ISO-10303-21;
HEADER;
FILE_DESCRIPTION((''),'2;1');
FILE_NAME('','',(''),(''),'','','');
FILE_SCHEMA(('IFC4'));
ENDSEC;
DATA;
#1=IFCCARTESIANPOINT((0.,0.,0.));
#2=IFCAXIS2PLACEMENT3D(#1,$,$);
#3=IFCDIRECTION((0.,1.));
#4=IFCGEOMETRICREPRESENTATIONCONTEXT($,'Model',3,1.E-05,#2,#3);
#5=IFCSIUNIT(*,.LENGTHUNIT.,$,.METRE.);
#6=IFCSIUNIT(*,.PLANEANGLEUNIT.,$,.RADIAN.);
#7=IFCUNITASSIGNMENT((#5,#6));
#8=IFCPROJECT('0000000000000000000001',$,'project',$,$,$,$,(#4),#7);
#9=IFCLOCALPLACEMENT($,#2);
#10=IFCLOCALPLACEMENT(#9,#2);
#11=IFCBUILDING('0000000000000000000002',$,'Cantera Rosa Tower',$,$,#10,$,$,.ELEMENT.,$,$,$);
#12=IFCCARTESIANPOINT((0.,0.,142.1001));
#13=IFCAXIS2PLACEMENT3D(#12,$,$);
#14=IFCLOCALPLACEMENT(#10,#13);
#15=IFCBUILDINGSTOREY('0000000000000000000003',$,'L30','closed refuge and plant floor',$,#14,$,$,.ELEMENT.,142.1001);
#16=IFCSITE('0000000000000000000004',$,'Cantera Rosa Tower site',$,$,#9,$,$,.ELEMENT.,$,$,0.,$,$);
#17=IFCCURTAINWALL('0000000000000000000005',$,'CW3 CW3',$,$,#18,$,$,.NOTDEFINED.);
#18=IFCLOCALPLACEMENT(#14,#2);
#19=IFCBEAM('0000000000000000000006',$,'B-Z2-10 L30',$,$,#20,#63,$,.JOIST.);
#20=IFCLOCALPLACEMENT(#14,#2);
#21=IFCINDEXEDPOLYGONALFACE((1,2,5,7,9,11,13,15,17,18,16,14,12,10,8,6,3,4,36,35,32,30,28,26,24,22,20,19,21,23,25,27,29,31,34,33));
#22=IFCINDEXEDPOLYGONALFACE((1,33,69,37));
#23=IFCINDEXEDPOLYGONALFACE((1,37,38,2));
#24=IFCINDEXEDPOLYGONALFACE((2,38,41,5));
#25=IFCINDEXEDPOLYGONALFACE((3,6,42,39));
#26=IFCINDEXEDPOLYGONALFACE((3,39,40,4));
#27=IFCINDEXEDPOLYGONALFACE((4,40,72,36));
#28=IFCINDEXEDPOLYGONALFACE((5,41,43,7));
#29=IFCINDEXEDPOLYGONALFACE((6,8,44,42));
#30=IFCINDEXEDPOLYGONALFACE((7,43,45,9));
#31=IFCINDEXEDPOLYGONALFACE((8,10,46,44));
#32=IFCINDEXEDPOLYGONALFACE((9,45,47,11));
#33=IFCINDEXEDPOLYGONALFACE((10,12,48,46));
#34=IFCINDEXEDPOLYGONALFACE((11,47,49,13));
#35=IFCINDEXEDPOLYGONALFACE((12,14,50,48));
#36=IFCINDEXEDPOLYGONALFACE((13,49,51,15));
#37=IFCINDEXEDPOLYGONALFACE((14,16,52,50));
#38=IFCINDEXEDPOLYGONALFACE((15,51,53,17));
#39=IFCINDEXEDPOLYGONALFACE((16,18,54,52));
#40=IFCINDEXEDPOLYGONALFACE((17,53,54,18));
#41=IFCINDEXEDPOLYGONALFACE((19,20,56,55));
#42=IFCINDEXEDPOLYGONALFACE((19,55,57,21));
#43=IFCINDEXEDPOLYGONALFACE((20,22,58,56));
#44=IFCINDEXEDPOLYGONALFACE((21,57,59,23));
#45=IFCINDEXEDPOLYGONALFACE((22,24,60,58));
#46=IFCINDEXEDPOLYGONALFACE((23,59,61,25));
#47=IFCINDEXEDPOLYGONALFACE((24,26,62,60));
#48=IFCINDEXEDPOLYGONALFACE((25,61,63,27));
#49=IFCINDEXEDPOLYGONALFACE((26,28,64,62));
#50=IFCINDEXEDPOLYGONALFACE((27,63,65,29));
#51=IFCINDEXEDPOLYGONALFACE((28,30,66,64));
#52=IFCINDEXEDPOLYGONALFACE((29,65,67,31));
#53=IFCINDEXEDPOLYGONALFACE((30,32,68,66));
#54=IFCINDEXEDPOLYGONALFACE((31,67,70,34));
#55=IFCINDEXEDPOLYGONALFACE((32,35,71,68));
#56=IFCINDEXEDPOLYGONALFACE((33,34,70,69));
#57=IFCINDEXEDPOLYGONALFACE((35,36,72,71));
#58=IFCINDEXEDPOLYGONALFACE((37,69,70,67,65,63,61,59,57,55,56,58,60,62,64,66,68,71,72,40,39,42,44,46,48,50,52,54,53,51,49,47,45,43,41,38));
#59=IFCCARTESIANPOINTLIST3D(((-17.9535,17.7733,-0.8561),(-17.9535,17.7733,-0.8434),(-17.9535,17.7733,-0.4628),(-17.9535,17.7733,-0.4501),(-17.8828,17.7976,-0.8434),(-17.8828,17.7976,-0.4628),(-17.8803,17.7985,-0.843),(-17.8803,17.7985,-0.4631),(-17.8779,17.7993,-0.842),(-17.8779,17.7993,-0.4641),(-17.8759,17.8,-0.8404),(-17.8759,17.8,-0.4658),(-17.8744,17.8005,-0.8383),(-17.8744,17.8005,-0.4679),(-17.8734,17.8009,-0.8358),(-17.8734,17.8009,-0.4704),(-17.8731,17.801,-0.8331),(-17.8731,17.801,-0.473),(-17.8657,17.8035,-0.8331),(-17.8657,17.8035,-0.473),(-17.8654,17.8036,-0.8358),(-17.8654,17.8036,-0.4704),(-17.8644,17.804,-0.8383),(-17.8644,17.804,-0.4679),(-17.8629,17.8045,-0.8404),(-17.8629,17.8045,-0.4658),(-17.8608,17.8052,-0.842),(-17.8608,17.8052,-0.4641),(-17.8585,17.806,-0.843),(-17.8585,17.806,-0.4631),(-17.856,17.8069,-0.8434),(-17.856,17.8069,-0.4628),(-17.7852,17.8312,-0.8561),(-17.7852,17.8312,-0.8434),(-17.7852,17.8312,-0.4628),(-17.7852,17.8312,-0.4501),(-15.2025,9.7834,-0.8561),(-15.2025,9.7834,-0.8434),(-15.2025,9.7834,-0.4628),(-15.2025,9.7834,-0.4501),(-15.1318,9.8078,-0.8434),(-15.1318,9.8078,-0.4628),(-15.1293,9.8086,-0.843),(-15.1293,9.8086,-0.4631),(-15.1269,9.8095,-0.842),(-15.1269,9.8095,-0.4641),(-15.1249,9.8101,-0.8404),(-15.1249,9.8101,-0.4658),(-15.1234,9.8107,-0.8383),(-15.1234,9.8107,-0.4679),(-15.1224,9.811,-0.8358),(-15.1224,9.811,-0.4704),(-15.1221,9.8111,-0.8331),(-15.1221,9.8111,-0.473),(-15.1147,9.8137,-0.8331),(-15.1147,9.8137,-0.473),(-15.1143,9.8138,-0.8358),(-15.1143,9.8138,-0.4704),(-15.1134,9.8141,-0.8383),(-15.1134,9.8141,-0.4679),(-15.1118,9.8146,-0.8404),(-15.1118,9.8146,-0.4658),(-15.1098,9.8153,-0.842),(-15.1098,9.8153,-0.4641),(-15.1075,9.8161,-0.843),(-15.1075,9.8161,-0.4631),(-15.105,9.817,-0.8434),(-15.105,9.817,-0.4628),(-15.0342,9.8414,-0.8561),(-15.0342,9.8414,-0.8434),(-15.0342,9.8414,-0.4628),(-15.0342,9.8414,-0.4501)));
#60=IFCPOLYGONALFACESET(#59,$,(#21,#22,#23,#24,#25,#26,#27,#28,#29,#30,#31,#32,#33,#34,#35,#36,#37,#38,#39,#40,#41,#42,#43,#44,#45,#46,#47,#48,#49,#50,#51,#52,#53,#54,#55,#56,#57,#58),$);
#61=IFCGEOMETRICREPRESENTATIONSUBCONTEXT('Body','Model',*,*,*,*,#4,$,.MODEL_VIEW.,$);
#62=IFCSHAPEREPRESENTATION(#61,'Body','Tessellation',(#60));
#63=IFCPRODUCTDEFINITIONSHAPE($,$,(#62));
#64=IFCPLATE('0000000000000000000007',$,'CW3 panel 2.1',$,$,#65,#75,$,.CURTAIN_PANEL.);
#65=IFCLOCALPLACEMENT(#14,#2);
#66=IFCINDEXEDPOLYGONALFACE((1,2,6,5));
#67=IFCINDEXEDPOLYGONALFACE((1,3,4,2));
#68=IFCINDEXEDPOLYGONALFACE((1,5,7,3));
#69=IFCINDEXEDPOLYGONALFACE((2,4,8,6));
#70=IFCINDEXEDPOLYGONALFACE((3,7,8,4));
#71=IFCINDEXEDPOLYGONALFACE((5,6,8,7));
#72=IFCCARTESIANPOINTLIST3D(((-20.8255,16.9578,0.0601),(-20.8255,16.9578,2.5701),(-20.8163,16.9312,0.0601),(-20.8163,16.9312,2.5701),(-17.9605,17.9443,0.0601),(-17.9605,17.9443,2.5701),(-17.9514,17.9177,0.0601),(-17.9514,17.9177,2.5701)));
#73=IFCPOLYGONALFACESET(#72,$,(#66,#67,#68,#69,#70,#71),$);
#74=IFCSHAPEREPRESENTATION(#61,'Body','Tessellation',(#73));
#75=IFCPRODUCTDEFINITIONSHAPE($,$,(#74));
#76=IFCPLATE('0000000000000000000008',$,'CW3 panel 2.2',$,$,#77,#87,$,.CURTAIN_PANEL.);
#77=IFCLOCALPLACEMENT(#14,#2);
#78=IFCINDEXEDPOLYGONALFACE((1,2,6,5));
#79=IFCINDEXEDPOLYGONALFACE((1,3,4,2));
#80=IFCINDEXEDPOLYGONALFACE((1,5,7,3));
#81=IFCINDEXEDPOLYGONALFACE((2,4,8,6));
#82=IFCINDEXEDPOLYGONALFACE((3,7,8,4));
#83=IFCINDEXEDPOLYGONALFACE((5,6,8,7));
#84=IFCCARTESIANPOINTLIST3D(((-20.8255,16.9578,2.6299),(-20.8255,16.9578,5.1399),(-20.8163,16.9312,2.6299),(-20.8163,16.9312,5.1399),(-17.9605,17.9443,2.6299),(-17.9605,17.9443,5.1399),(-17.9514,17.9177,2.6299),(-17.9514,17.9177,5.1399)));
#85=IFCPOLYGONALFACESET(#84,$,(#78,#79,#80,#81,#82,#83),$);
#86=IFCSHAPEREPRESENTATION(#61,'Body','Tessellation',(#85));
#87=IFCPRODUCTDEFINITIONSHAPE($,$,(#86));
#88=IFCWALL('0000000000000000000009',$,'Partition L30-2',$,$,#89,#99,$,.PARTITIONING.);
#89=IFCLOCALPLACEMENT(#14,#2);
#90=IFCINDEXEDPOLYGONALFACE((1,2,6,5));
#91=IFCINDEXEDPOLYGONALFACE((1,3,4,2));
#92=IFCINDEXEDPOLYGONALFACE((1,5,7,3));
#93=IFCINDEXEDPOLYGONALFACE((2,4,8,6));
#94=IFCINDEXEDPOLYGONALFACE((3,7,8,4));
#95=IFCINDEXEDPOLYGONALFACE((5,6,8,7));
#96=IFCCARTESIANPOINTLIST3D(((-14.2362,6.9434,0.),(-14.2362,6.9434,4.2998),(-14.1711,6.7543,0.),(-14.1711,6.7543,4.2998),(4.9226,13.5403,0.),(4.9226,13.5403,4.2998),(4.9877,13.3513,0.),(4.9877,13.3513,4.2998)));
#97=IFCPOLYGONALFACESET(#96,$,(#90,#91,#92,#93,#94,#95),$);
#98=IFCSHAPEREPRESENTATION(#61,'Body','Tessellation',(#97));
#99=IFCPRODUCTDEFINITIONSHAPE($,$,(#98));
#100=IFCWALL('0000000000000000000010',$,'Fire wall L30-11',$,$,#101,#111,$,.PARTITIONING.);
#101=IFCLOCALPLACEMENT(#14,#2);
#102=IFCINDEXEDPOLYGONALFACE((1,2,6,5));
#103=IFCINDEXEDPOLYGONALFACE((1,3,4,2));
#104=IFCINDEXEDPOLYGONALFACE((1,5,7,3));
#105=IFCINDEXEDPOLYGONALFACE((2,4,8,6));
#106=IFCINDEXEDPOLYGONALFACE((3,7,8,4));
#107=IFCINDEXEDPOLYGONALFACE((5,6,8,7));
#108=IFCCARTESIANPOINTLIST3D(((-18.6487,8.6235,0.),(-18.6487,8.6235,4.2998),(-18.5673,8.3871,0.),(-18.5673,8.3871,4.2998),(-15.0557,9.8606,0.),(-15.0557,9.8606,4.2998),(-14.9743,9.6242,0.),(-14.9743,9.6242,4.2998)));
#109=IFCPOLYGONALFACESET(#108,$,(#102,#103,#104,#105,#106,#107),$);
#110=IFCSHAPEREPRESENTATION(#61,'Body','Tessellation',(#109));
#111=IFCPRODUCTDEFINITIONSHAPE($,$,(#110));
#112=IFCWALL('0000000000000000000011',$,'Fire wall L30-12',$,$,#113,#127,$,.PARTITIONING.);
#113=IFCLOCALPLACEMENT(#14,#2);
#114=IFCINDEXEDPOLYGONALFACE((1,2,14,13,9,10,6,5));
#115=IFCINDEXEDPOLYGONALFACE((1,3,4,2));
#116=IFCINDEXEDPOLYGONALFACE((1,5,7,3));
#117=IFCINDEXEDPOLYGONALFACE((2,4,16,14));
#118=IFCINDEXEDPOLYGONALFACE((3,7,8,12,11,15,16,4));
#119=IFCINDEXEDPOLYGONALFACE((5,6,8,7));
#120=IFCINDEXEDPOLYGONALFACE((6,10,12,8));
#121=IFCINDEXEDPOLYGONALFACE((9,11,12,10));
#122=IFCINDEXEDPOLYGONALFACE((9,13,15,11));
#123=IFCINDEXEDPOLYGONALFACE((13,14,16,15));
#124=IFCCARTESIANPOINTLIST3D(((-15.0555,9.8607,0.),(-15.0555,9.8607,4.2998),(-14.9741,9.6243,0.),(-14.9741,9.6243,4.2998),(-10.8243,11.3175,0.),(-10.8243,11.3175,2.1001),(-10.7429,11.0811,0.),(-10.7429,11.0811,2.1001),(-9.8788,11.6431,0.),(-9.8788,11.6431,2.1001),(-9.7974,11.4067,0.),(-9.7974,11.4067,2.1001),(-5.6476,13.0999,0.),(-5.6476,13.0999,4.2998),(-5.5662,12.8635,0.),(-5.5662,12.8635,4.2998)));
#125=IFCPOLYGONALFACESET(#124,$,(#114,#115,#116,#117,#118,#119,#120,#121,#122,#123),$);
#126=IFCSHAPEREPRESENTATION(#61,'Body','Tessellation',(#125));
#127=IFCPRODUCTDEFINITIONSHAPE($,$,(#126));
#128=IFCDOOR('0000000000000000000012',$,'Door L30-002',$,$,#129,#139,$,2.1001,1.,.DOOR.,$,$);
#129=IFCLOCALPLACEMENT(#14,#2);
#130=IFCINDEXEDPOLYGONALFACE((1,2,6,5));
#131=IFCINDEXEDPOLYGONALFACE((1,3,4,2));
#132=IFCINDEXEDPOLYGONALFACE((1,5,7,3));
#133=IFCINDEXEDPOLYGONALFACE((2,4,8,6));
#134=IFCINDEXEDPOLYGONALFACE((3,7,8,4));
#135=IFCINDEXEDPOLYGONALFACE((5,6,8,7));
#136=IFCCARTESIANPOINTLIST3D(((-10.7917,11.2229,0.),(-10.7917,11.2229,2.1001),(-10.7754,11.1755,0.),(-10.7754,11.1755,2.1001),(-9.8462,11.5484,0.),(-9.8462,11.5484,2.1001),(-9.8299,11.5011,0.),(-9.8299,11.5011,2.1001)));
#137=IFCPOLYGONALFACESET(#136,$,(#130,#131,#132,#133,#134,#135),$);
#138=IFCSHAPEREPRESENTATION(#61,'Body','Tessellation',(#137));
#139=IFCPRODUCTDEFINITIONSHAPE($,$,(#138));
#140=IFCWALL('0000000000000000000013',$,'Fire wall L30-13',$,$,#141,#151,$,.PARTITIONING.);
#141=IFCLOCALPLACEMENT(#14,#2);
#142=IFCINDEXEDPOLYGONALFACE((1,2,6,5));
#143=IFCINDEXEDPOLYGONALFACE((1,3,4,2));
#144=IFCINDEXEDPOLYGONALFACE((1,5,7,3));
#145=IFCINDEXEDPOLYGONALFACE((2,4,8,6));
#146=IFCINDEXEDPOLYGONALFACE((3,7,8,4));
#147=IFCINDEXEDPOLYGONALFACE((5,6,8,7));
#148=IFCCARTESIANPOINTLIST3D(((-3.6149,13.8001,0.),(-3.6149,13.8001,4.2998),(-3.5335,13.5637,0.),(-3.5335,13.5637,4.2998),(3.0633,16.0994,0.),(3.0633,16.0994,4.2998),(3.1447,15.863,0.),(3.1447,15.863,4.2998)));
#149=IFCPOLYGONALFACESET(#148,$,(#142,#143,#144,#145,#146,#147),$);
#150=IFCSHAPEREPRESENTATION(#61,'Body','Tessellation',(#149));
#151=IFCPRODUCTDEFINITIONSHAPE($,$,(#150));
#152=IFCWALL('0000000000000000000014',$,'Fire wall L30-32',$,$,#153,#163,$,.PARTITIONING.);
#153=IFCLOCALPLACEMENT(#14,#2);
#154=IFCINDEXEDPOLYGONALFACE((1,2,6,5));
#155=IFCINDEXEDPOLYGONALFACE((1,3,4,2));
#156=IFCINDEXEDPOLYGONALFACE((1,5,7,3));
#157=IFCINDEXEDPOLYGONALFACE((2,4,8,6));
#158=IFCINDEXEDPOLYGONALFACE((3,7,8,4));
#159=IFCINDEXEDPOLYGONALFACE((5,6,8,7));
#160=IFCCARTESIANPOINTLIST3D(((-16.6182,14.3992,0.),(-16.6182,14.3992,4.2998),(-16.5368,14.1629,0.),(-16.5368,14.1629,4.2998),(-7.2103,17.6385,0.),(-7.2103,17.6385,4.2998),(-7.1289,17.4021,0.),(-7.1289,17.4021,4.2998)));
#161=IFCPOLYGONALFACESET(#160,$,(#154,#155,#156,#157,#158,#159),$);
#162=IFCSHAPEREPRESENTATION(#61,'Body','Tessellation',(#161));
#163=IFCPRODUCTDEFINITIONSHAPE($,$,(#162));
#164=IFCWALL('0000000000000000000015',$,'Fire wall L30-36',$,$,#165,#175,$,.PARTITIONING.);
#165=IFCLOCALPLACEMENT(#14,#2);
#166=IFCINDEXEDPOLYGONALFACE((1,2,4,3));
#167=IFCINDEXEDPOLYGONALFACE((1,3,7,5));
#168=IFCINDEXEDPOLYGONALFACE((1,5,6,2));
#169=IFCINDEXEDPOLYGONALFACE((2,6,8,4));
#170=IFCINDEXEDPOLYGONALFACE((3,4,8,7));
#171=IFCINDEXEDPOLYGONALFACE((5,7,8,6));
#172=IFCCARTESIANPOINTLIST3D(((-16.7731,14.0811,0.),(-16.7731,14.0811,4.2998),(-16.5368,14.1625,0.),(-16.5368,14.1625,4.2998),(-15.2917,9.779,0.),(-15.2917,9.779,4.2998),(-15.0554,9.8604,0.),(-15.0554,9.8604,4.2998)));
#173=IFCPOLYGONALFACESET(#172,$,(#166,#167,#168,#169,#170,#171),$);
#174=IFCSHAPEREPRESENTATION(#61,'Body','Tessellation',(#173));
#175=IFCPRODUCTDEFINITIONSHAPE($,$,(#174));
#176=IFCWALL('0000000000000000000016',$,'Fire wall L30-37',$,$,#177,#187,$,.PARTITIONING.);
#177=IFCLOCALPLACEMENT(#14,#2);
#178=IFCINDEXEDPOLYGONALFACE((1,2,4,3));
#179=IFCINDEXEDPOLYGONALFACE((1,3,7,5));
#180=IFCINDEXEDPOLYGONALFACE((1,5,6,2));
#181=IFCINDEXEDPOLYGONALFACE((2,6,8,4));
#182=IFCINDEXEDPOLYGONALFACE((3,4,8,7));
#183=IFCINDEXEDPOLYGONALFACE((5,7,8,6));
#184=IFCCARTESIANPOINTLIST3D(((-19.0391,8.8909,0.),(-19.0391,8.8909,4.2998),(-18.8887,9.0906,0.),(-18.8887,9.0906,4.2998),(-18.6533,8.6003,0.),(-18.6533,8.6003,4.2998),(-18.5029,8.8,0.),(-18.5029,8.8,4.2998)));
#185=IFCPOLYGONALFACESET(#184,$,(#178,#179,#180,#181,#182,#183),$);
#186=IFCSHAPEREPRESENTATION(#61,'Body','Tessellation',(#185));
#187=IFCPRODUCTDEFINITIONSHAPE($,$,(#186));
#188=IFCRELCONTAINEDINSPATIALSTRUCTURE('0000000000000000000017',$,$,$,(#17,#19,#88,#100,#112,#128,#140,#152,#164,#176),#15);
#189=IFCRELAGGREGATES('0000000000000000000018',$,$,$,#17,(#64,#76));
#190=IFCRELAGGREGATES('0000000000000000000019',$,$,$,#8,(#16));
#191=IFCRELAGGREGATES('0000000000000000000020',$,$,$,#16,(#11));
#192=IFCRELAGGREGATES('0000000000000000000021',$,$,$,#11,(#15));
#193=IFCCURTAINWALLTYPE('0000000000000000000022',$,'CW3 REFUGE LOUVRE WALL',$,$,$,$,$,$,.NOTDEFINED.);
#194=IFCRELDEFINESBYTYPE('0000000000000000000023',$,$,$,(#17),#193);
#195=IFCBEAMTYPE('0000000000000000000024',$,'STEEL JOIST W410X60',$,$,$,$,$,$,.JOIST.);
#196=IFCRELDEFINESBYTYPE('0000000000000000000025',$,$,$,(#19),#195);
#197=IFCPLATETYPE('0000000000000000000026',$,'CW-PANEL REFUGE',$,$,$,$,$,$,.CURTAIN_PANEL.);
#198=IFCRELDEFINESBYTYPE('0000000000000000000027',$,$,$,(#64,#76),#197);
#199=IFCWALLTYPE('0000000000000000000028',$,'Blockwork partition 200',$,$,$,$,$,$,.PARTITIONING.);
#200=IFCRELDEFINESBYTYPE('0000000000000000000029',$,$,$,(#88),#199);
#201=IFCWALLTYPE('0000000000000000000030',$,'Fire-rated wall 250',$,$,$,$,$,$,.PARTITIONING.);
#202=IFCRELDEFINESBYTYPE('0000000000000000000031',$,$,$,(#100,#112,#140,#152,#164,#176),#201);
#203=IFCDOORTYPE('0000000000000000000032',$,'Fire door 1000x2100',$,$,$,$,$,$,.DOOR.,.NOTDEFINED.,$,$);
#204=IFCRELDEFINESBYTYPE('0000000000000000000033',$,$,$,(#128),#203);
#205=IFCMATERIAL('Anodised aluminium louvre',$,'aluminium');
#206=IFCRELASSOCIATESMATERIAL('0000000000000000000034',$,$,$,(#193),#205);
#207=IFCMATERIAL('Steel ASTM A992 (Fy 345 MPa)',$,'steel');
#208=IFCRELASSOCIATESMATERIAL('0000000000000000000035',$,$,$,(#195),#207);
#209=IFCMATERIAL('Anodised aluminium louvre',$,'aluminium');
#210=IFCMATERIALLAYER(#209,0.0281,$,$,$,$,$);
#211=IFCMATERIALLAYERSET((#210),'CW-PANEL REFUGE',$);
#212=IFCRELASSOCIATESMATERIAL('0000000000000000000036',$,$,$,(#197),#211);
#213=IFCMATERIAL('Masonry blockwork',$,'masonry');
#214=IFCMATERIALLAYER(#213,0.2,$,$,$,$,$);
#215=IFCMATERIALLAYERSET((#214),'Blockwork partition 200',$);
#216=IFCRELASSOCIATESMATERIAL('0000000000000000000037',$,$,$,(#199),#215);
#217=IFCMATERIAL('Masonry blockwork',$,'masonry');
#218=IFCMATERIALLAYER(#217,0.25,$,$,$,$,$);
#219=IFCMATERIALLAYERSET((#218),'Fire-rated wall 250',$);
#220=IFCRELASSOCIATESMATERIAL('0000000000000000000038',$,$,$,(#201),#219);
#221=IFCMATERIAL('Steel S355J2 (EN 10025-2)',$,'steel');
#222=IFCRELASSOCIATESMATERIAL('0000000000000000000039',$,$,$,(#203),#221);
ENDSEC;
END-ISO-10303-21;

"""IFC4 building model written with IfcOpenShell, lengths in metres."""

from ifc_helpers import new_model, si_unit, direction, frame, frame_2d, origin, origin_2d, place, context, subcontext, project, spatial, rectangle, i_section, extrude, material, layer, layer_set, material_profile, profile_set, type_object, element, fill, aggregate, save


model = new_model("IFC4")

# Units and contexts
model_context = context("Model", 3, precision=1e-05, world=origin(), true_north=direction((0.0, 1.0)))
body_context = subcontext(model_context, "Body", "Model", "MODEL_VIEW")
ifc_project = project(units=[si_unit("LENGTHUNIT", "METRE"), si_unit("PLANEANGLEUNIT", "RADIAN")], contexts=[model_context])

# Site, building, storey
site_placement = place(None, origin())
site = spatial("IfcSite", under=ifc_project, at=site_placement, Name="Cantera Rosa Tower site", CompositionType="ELEMENT", RefElevation=0.0)
building_placement = place(site_placement, origin())
building = spatial("IfcBuilding", under=site, at=building_placement, Name="Cantera Rosa Tower", CompositionType="ELEMENT")
storey_placement = place(building_placement, frame((0.0, 0.0, 142.1001)))
storey = spatial("IfcBuildingStorey", under=building, at=storey_placement, Name="L30", Description="closed refuge and plant floor", CompositionType="ELEMENT", Elevation=142.1001)

# Curtain wall
ifc_material_1 = material(Name="Anodised aluminium louvre", Category="aluminium")
curtain_wall_type = type_object("IfcCurtainWallType", Name="CW3 REFUGE LOUVRE WALL", PredefinedType="NOTDEFINED", material=ifc_material_1)
curtain_wall_placement = place(storey_placement, origin())
curtain_wall = element("IfcCurtainWall", 1, at=curtain_wall_placement, inside=storey, type_object=curtain_wall_type, Name="CW3 CW3", PredefinedType="NOTDEFINED")

# Beam
ifc_material_2 = material(Name="Steel ASTM A992 (Fy 345 MPa)", Category="steel")
ifc_material_profile_1 = material_profile(ifc_material_2, i_section(OverallWidth=0.178, OverallDepth=0.406, WebThickness=0.0078, FlangeThickness=0.0127, FilletRadius=0.0103, at=origin_2d()), Name="W410X60")
ifc_profile_set_1 = profile_set([ifc_material_profile_1], Name="Steel ASTM A992 (Fy 345 MPa)")
beam_type_1 = type_object("IfcBeamType", Name="STEEL JOIST W410X60", PredefinedType="JOIST", material=ifc_profile_set_1)
beam_1_placement = place(storey_placement, frame((-17.8694, 17.8022, -0.6531), z_axis=(0.325556, -0.945523, 0.0), x_axis=(0.945523, 0.325556, 0.0)))
element("IfcBeam", 2, at=beam_1_placement, inside=storey, type_object=beam_type_1, Name="B-Z2-10 L30", PredefinedType="JOIST", context=body_context, shape_type="SweptSolid", body=[
    extrude(i_section(OverallWidth=0.178, OverallDepth=0.406, WebThickness=0.0078, FlangeThickness=0.0127, FilletRadius=0.0103, at=origin_2d()), origin(), (0.0, 0.0, 1.0), 8.4502),
])

# Plates
ifc_material_3 = material(Name="Anodised aluminium louvre", Category="aluminium")
ifc_layer_1 = layer(ifc_material_3, 0.0281)
ifc_layer_set_1 = layer_set([ifc_layer_1], Name="CW-PANEL REFUGE")
plate_type = type_object("IfcPlateType", Name="CW-PANEL REFUGE", PredefinedType="CURTAIN_PANEL", material=ifc_layer_set_1)
plate_1_placement = place(storey_placement, frame((-19.3884, 17.4377, 0.0601), z_axis=(0.0, 0.0, 1.0), x_axis=(-0.945519, -0.325568, 0.0)))
plate_1 = element("IfcPlate", 3, at=plate_1_placement, type_object=plate_type, Name="CW3 panel 2.1", PredefinedType="CURTAIN_PANEL", context=body_context, shape_type="SweptSolid", body=[
    extrude(rectangle(XDim=3.03, YDim=0.0281, at=origin_2d()), origin(), (0.0, 0.0, 1.0), 2.51),
])
plate_2_placement = place(storey_placement, frame((-19.3884, 17.4377, 2.6299), z_axis=(0.0, 0.0, 1.0), x_axis=(-0.945519, -0.325568, 0.0)))
plate_2 = element("IfcPlate", 4, at=plate_2_placement, type_object=plate_type, Name="CW3 panel 2.2", PredefinedType="CURTAIN_PANEL", context=body_context, shape_type="SweptSolid", body=[
    extrude(rectangle(XDim=3.03, YDim=0.0281, at=origin_2d()), origin(), (0.0, 0.0, 1.0), 2.51),
])
aggregate(curtain_wall, [plate_1, plate_2])

# Walls
ifc_material_4 = material(Name="Masonry blockwork", Category="masonry")
ifc_layer_2 = layer(ifc_material_4, 0.2)
ifc_layer_set_2 = layer_set([ifc_layer_2], Name="Blockwork partition 200")
wall_type_1 = type_object("IfcWallType", Name="Blockwork partition 200", PredefinedType="PARTITIONING", material=ifc_layer_set_2)
wall_1_placement = place(storey_placement, frame((-14.2036, 6.8489, 0.0), z_axis=(0.0, 0.0, 1.0), x_axis=(0.945518, 0.325571, 0.0)))
element("IfcWall", 5, at=wall_1_placement, inside=storey, type_object=wall_type_1, Name="Partition L30-2", PredefinedType="PARTITIONING", context=body_context, shape_type="SweptSolid", body=[
    extrude(rectangle(XDim=20.2627, YDim=0.2, at=frame_2d((10.1313, 0.0))), origin(), (0.0, 0.0, 1.0), 4.2998),
])
ifc_material_5 = material(Name="Masonry blockwork", Category="masonry")
ifc_layer_3 = layer(ifc_material_5, 0.25)
ifc_layer_set_3 = layer_set([ifc_layer_3], Name="Fire-rated wall 250")
wall_type_2 = type_object("IfcWallType", Name="Fire-rated wall 250", PredefinedType="PARTITIONING", material=ifc_layer_set_3)
wall_2_placement = place(storey_placement, frame((-18.6079, 8.5054, 0.0), z_axis=(0.0, 0.0, 1.0), x_axis=(0.945528, 0.325541, 0.0)))
element("IfcWall", 6, at=wall_2_placement, inside=storey, type_object=wall_type_2, Name="Fire wall L30-11", PredefinedType="PARTITIONING", context=body_context, shape_type="SweptSolid", body=[
    extrude(rectangle(XDim=3.8, YDim=0.25, at=frame_2d((1.8999, 0.0))), origin(), (0.0, 0.0, 1.0), 4.2998),
])

# Wall, opening, door
wall_3_placement = place(storey_placement, frame((-15.0149, 9.7424, 0.0), z_axis=(0.0, 0.0, 1.0), x_axis=(0.945524, 0.325554, 0.0)))
wall_3 = element("IfcWall", 7, at=wall_3_placement, inside=storey, type_object=wall_type_2, Name="Fire wall L30-12", PredefinedType="PARTITIONING", context=body_context, shape_type="SweptSolid", body=[
    extrude(rectangle(XDim=9.95, YDim=0.25, at=frame_2d((4.9751, 0.0))), origin(), (0.0, 0.0, 1.0), 4.2998),
])
opening_1_placement = place(wall_3_placement, frame((4.4751, 0.0, 0.0)))
opening_1 = element("IfcOpeningElement", 8, at=opening_1_placement, cuts=wall_3, PredefinedType="OPENING", context=body_context, shape_type="SweptSolid", body=[
    extrude(rectangle(XDim=1.0, YDim=2.1001, at=frame_2d((0.5, 1.05))), frame((0.0, 0.135, 0.0), z_axis=(0.0, -1.0, 0.0), x_axis=(1.0, 0.0, 0.0)), (0.0, 0.0, 1.0), 0.27),
])
ifc_material_6 = material(Name="Steel S355J2 (EN 10025-2)", Category="steel")
door_type_1 = type_object("IfcDoorType", Name="Fire door 1000x2100", OperationType="NOTDEFINED", PredefinedType="DOOR", material=ifc_material_6)
door_1_placement = place(opening_1_placement, origin())
door_1 = element("IfcDoor", 9, at=door_1_placement, inside=storey, type_object=door_type_1, Name="Door L30-002", OverallHeight=2.1001, OverallWidth=1.0, PredefinedType="DOOR", context=body_context, shape_type="SweptSolid", body=[
    extrude(rectangle(XDim=1.0, YDim=2.1001, at=frame_2d((0.5, 1.05))), frame((0.0, 0.0249, 0.0), z_axis=(0.0, -1.0, 0.0), x_axis=(1.0, 0.0, 0.0)), (0.0, 0.0, 1.0), 0.05),
])
fill(opening_1, door_1)

# Walls
wall_4_placement = place(storey_placement, frame((-3.5742, 13.6819, 0.0), z_axis=(0.0, 0.0, 1.0), x_axis=(0.945526, 0.325545, 0.0)))
element("IfcWall", 10, at=wall_4_placement, inside=storey, type_object=wall_type_2, Name="Fire wall L30-13", PredefinedType="PARTITIONING", context=body_context, shape_type="SweptSolid", body=[
    extrude(rectangle(XDim=7.063, YDim=0.25, at=frame_2d((3.5315, 0.0))), origin(), (0.0, 0.0, 1.0), 4.2998),
])
wall_5_placement = place(storey_placement, frame((-16.5776, 14.281, 0.0), z_axis=(0.0, 0.0, 1.0), x_axis=(0.945524, 0.325554, 0.0)))
element("IfcWall", 11, at=wall_5_placement, inside=storey, type_object=wall_type_2, Name="Fire wall L30-32", PredefinedType="PARTITIONING", context=body_context, shape_type="SweptSolid", body=[
    extrude(rectangle(XDim=9.95, YDim=0.25, at=frame_2d((4.9751, 0.0))), origin(), (0.0, 0.0, 1.0), 4.2998),
])
wall_6_placement = place(storey_placement, frame((-15.1736, 9.8198, 0.0), z_axis=(0.0, 0.0, 1.0), x_axis=(-0.325581, 0.945514, 0.0)))
element("IfcWall", 12, at=wall_6_placement, inside=storey, type_object=wall_type_2, Name="Fire wall L30-36", PredefinedType="PARTITIONING", context=body_context, shape_type="SweptSolid", body=[
    extrude(rectangle(XDim=4.55, YDim=0.25, at=frame_2d((2.2749, 0.0))), origin(), (0.0, 0.0, 1.0), 4.2998),
])
wall_7_placement = place(storey_placement, frame((-18.5781, 8.7002, 0.0), z_axis=(0.0, 0.0, 1.0), x_axis=(-0.798785, 0.601617, 0.0)))
element("IfcWall", 13, at=wall_7_placement, inside=storey, type_object=wall_type_2, Name="Fire wall L30-37", PredefinedType="PARTITIONING", context=body_context, shape_type="SweptSolid", body=[
    extrude(rectangle(XDim=0.4829, YDim=0.25, at=frame_2d((0.2415, 0.0))), origin(), (0.0, 0.0, 1.0), 4.2998),
])

save(model, "model.ifc")
